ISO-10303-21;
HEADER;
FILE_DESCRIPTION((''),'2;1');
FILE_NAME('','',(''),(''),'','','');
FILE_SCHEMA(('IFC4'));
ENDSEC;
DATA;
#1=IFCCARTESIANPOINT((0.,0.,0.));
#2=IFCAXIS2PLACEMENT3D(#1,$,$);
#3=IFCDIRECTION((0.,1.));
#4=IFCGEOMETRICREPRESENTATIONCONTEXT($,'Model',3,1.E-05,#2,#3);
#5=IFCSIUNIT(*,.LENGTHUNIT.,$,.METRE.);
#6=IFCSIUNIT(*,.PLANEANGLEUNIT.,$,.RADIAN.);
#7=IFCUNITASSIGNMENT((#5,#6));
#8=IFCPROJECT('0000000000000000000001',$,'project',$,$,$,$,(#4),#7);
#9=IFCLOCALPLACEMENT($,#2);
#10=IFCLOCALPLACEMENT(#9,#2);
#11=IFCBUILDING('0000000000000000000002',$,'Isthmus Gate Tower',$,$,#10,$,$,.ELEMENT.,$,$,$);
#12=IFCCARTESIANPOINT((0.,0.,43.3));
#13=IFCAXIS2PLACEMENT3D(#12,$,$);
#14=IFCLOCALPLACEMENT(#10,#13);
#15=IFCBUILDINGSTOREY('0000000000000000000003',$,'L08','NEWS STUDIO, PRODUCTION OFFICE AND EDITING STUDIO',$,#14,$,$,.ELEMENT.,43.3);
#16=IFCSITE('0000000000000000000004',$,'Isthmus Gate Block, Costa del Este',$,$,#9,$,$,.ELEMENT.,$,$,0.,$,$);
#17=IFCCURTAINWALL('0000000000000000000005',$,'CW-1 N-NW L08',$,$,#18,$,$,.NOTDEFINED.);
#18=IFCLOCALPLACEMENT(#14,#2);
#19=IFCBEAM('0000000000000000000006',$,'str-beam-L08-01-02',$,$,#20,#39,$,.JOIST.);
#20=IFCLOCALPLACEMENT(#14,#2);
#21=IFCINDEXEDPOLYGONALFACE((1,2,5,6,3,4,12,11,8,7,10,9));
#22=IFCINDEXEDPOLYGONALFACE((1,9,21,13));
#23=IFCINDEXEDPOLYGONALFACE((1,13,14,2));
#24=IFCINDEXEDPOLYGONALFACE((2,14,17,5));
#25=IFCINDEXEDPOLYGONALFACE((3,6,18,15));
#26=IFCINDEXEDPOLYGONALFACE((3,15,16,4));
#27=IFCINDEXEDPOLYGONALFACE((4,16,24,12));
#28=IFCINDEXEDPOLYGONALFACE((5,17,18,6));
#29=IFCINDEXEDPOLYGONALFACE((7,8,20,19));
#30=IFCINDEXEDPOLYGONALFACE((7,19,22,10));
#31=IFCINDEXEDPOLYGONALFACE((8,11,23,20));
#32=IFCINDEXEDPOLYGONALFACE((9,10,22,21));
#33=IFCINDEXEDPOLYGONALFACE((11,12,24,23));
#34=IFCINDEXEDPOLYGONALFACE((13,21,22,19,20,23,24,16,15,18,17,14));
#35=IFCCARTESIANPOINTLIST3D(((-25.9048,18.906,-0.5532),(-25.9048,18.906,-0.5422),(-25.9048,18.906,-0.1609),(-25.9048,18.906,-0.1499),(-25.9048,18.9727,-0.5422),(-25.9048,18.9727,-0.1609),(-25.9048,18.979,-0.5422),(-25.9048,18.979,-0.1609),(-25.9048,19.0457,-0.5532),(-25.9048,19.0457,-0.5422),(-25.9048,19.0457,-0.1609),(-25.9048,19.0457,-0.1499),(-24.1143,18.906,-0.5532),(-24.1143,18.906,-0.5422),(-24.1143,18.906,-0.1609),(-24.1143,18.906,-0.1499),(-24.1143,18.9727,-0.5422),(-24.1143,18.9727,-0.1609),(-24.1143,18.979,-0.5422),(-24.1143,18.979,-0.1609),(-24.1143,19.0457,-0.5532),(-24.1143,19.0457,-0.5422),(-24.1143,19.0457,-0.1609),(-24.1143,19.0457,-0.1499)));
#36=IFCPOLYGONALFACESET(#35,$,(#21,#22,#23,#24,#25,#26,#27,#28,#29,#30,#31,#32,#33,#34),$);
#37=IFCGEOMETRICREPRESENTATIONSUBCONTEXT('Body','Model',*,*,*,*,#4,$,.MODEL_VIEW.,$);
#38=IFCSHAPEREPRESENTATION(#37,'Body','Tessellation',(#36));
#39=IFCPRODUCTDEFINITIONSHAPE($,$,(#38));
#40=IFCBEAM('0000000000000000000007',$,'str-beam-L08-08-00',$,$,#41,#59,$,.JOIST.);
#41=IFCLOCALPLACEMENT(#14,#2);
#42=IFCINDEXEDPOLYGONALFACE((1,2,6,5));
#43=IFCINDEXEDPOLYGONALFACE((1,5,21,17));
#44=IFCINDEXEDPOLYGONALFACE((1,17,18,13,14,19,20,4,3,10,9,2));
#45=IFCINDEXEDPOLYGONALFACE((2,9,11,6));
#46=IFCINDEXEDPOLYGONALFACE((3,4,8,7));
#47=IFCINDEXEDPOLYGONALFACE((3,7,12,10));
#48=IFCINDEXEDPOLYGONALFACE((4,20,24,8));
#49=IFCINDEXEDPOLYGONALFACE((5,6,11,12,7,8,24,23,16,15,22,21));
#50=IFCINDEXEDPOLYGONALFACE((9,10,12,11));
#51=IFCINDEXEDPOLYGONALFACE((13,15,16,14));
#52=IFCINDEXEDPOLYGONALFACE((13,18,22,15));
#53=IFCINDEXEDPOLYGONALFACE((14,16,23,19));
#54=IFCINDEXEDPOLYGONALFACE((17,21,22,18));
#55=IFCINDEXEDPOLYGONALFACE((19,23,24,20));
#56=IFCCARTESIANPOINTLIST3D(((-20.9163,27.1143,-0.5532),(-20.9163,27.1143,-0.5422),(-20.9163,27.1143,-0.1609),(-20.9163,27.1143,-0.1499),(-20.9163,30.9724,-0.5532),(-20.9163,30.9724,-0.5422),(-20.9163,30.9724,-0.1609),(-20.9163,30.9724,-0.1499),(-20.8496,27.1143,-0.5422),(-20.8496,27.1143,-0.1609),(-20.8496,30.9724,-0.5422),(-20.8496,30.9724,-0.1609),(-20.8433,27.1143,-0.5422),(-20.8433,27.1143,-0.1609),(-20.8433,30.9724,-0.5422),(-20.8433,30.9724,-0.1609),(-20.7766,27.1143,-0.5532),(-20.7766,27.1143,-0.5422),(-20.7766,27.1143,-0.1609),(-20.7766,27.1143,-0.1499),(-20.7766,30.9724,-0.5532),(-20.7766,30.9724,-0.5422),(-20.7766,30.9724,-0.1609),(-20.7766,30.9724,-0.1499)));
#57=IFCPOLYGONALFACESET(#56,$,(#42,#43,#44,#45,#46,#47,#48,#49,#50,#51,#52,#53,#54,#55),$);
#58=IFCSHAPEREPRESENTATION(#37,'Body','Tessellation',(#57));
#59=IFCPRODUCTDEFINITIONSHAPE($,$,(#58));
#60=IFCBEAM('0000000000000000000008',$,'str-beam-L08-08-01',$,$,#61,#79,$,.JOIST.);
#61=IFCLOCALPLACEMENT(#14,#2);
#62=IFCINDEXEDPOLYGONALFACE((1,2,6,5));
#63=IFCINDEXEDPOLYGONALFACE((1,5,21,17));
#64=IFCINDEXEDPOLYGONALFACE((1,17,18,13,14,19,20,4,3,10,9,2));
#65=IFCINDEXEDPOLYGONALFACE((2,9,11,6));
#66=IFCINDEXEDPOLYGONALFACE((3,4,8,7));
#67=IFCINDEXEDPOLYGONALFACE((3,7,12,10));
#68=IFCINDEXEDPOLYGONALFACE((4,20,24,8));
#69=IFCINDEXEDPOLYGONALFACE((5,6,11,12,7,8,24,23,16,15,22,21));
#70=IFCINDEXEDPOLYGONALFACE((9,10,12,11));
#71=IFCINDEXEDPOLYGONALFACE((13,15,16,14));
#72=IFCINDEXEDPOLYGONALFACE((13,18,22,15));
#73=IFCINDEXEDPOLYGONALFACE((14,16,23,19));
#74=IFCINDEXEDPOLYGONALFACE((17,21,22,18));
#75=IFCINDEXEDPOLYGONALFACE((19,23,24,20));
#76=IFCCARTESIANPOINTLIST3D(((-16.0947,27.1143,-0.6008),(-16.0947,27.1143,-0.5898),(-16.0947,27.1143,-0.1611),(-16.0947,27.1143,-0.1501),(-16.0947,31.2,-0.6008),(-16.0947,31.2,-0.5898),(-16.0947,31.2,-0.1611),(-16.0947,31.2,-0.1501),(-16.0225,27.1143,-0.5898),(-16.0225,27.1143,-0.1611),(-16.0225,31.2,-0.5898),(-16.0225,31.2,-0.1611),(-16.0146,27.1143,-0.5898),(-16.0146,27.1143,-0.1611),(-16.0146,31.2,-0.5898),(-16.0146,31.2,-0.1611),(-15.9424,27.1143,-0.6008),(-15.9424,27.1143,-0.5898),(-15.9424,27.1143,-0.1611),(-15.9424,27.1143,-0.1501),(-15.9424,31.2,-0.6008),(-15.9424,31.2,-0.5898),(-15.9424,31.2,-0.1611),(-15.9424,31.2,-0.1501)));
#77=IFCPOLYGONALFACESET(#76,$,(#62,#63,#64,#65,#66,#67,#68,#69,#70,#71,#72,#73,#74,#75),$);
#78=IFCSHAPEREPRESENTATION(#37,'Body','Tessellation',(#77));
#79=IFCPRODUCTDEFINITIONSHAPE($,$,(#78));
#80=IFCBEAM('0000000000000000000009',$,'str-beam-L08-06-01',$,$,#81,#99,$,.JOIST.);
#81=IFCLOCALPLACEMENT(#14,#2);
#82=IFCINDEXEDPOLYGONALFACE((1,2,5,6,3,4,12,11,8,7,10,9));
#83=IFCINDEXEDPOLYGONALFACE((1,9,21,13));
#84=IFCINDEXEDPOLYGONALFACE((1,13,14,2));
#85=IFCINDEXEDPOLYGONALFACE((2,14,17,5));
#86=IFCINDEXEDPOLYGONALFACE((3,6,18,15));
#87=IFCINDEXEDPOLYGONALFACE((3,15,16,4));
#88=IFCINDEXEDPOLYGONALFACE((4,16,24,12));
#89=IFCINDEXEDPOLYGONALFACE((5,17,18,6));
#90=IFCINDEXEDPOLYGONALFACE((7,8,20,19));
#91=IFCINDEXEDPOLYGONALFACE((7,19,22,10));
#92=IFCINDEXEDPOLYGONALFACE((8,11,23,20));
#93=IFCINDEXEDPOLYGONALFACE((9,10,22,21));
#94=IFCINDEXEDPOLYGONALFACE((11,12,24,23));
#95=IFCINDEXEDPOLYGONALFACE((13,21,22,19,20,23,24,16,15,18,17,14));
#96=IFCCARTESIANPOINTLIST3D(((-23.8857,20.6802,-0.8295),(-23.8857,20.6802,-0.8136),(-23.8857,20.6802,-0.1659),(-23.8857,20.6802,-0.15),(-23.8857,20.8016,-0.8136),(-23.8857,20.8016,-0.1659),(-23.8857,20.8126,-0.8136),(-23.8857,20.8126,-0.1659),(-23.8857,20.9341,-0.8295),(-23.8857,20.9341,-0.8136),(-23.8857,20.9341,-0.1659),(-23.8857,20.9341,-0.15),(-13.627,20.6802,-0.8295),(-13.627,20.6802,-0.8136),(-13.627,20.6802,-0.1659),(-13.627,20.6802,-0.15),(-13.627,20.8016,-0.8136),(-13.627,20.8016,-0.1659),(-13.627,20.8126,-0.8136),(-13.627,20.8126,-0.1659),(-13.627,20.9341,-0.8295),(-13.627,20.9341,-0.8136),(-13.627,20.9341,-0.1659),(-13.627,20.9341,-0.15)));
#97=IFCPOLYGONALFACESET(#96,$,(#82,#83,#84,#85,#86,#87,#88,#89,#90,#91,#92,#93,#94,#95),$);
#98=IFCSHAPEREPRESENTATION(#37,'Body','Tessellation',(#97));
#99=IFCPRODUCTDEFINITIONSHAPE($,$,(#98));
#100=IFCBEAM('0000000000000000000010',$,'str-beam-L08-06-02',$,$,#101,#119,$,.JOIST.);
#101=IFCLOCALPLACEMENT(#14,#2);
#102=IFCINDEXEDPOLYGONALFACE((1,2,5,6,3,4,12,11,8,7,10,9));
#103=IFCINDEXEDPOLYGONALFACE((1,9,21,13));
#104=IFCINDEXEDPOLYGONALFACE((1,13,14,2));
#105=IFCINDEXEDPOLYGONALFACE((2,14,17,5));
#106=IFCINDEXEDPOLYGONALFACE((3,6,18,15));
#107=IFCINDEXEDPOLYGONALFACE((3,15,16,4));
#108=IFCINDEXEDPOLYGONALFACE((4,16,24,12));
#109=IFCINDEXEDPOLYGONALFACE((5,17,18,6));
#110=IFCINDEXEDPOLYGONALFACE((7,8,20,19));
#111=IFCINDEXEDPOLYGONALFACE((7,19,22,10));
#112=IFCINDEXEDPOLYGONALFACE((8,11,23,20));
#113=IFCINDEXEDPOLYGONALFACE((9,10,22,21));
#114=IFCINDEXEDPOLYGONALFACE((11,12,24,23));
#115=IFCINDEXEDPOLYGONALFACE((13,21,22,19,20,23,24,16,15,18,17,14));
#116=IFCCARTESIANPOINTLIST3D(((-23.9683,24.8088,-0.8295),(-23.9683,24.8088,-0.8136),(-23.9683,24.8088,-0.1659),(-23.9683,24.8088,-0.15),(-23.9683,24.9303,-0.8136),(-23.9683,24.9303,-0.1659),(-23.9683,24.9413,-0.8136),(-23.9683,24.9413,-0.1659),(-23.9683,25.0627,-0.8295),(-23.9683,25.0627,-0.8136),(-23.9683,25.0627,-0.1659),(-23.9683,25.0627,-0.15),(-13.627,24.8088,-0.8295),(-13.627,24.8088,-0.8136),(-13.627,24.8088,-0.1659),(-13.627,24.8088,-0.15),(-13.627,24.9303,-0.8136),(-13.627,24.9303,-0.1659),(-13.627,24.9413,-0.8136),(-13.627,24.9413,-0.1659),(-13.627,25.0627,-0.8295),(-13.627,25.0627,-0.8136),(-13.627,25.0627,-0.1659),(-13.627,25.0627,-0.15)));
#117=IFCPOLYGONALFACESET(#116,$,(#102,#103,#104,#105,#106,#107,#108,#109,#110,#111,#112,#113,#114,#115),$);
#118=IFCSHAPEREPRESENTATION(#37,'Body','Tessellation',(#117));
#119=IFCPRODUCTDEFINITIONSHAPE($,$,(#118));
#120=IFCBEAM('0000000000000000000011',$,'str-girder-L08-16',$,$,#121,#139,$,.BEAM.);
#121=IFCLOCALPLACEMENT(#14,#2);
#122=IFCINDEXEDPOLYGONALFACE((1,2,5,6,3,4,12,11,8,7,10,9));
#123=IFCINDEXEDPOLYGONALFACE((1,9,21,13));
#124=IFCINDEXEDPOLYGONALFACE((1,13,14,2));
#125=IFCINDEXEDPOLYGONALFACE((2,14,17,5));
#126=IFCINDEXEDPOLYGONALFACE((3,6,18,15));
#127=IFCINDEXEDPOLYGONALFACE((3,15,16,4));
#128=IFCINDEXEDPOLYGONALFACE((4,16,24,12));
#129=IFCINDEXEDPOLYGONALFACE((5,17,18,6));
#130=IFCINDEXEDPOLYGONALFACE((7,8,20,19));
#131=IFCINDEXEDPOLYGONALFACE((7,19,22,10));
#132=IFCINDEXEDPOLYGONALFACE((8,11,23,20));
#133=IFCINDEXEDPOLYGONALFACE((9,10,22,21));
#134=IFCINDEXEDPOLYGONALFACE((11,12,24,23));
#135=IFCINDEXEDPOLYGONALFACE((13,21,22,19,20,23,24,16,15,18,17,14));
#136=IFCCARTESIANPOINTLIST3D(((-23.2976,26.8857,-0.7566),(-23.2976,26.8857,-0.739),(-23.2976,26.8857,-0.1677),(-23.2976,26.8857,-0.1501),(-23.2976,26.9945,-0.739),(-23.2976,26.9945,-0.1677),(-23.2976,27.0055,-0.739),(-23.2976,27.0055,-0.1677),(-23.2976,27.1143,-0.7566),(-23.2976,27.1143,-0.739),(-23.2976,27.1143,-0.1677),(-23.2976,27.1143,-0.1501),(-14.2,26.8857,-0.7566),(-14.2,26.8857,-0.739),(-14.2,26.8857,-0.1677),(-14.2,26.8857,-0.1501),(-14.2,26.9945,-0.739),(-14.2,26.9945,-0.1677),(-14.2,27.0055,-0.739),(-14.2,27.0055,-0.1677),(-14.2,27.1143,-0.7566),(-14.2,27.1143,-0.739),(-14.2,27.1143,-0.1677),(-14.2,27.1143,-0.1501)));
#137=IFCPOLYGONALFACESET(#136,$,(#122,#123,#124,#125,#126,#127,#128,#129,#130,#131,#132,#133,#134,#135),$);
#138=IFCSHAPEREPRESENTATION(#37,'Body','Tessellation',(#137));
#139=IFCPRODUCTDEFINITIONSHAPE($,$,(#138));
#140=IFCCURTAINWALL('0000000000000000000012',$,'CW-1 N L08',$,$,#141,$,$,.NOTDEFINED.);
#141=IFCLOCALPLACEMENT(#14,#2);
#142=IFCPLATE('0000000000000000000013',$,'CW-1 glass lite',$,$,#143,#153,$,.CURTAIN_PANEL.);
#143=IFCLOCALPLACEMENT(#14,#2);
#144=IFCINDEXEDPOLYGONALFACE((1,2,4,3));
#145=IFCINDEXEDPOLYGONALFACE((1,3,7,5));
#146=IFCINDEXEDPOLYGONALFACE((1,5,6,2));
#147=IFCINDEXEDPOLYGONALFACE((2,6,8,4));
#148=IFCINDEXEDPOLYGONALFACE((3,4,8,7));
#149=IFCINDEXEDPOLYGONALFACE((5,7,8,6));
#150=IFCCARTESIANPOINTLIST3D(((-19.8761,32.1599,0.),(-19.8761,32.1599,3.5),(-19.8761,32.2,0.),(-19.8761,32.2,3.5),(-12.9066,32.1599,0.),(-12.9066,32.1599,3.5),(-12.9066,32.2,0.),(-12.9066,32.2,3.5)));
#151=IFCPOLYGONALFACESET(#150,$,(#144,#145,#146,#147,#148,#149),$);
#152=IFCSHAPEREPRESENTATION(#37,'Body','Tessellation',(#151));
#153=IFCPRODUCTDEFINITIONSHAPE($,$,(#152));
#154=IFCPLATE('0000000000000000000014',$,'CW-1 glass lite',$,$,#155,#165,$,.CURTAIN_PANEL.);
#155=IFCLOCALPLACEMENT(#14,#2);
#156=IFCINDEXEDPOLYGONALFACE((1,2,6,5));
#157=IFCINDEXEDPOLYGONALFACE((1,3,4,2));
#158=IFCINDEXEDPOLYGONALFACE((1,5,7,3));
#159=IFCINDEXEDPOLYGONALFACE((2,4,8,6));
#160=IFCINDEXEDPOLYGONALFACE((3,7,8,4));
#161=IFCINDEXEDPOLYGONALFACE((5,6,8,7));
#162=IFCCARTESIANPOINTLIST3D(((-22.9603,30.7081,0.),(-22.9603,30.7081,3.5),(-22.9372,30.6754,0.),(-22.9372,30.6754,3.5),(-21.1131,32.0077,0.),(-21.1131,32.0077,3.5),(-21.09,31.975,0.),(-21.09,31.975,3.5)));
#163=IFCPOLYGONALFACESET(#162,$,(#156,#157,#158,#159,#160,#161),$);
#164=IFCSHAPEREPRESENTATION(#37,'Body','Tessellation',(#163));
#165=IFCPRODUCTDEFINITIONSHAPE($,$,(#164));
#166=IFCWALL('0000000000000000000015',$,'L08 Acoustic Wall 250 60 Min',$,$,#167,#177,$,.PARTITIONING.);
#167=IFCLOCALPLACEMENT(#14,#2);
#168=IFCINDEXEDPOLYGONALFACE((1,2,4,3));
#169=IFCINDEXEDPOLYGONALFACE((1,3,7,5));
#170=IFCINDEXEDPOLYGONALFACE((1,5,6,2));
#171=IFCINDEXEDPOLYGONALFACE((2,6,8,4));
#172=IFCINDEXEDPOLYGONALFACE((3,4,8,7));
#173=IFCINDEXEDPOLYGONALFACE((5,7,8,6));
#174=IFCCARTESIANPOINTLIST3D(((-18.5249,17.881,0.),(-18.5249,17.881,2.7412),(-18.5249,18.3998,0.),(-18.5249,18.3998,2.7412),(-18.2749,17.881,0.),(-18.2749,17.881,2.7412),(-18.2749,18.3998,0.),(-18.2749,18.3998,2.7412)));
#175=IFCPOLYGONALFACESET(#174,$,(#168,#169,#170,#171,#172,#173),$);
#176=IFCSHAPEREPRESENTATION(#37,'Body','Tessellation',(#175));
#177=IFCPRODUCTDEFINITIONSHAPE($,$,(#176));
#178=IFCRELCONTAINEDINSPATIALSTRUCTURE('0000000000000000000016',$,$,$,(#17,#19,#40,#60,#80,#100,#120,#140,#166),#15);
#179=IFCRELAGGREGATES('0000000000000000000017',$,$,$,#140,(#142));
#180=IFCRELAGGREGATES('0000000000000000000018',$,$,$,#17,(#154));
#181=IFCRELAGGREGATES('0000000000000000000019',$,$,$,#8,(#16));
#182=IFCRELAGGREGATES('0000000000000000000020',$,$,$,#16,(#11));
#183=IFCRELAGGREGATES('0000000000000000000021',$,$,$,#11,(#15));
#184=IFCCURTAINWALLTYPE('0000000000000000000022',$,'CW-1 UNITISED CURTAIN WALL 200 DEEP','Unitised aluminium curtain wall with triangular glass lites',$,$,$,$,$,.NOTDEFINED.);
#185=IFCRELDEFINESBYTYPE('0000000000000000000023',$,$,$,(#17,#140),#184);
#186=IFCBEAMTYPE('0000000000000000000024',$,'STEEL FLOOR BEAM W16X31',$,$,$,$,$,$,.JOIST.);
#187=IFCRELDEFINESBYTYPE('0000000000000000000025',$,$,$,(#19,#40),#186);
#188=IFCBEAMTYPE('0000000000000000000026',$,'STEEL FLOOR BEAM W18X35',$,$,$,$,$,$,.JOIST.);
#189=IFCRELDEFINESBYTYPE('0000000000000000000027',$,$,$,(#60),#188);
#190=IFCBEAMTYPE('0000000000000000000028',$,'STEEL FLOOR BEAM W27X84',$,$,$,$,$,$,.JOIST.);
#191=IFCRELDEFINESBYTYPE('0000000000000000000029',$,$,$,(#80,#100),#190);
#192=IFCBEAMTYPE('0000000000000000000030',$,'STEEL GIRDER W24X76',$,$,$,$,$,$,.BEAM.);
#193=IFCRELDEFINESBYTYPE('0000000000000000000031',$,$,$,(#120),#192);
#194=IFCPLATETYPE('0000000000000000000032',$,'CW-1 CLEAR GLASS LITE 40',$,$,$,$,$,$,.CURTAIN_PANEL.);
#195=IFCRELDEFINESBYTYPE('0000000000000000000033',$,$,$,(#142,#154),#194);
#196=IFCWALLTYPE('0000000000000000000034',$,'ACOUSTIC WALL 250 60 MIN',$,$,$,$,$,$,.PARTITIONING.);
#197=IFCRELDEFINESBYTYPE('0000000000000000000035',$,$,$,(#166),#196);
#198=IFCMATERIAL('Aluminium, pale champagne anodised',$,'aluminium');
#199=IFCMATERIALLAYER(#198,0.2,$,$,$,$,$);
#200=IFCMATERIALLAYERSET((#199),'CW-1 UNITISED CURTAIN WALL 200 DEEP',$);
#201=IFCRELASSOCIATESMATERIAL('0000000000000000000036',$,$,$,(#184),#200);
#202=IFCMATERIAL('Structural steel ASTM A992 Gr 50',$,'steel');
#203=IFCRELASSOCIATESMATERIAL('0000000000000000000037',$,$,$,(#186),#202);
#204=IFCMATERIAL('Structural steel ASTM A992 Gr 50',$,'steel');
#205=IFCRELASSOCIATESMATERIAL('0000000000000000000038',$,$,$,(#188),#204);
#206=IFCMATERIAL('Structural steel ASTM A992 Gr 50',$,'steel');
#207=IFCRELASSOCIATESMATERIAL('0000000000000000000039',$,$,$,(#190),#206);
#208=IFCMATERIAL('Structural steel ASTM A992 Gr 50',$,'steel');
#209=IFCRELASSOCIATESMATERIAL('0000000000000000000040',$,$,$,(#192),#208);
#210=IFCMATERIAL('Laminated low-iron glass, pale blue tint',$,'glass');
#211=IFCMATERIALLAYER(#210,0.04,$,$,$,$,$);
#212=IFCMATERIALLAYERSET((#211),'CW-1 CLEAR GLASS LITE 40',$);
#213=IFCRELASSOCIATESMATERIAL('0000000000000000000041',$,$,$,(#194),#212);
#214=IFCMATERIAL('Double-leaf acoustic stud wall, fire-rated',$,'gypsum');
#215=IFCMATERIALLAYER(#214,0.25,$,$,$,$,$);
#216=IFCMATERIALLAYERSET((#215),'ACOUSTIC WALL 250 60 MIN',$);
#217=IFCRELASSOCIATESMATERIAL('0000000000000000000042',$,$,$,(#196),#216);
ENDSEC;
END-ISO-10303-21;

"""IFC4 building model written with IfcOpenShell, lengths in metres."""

from ifc_helpers import new_model, si_unit, direction, frame, frame_2d, origin, origin_2d, place, context, subcontext, project, spatial, rectangle, i_section, extrude, material, layer, layer_set, material_profile, profile_set, type_object, element, aggregate, save


model = new_model("IFC4")

# Units and contexts
model_context = context("Model", 3, precision=1e-05, world=origin(), true_north=direction((0.0, 1.0)))
body_context = subcontext(model_context, "Body", "Model", "MODEL_VIEW")
ifc_project = project(units=[si_unit("LENGTHUNIT", "METRE"), si_unit("PLANEANGLEUNIT", "RADIAN")], contexts=[model_context])

# Site, building, storey
site_placement = place(None, origin())
site = spatial("IfcSite", under=ifc_project, at=site_placement, Name="Isthmus Gate Block, Costa del Este", CompositionType="ELEMENT", RefElevation=0.0)
building_placement = place(site_placement, origin())
building = spatial("IfcBuilding", under=site, at=building_placement, Name="Isthmus Gate Tower", CompositionType="ELEMENT")
storey_placement = place(building_placement, frame((0.0, 0.0, 43.3)))
storey = spatial("IfcBuildingStorey", under=building, at=storey_placement, Name="L08", Description="NEWS STUDIO, PRODUCTION OFFICE AND EDITING STUDIO", CompositionType="ELEMENT", Elevation=43.3)

# Curtain wall
ifc_material_1 = material(Name="Aluminium, pale champagne anodised", Category="aluminium")
ifc_layer_1 = layer(ifc_material_1, 0.2)
ifc_layer_set_1 = layer_set([ifc_layer_1], Name="CW-1 UNITISED CURTAIN WALL 200 DEEP")
curtain_wall_type = type_object("IfcCurtainWallType", Name="CW-1 UNITISED CURTAIN WALL 200 DEEP", Description="Unitised aluminium curtain wall with triangular glass lites", PredefinedType="NOTDEFINED", material=ifc_layer_set_1)
curtain_wall_1_placement = place(storey_placement, origin())
curtain_wall_1 = element("IfcCurtainWall", 1, at=curtain_wall_1_placement, inside=storey, type_object=curtain_wall_type, Name="CW-1 N-NW L08", PredefinedType="NOTDEFINED")

# Beams
ifc_material_2 = material(Name="Structural steel ASTM A992 Gr 50", Category="steel")
ifc_material_profile_1 = material_profile(ifc_material_2, i_section(OverallWidth=0.1396, OverallDepth=0.4033, WebThickness=0.0063, FlangeThickness=0.011, at=origin_2d()), Name="W16X31")
ifc_profile_set_1 = profile_set([ifc_material_profile_1], Name="Structural steel ASTM A992 Gr 50")
beam_type_1 = type_object("IfcBeamType", Name="STEEL FLOOR BEAM W16X31", PredefinedType="JOIST", material=ifc_profile_set_1)
beam_1_placement = place(storey_placement, frame((-25.9048, 18.9758, -0.3516), z_axis=(1.0, 0.0, 0.0), x_axis=(0.0, 1.0, 0.0)))
element("IfcBeam", 2, at=beam_1_placement, inside=storey, type_object=beam_type_1, Name="str-beam-L08-01-02", PredefinedType="JOIST", context=body_context, shape_type="SweptSolid", body=[
    extrude(i_section(OverallWidth=0.1396, OverallDepth=0.4033, WebThickness=0.0063, FlangeThickness=0.011, at=origin_2d()), origin(), (0.0, 0.0, 1.0), 1.7905),
])
beam_2_placement = place(storey_placement, frame((-20.8464, 27.1143, -0.3516), z_axis=(0.0, 1.0, 0.0), x_axis=(-1.0, 0.0, 0.0)))
element("IfcBeam", 3, at=beam_2_placement, inside=storey, type_object=beam_type_1, Name="str-beam-L08-08-00", PredefinedType="JOIST", context=body_context, shape_type="SweptSolid", body=[
    extrude(i_section(OverallWidth=0.1396, OverallDepth=0.4033, WebThickness=0.0063, FlangeThickness=0.011, at=origin_2d()), origin(), (0.0, 0.0, 1.0), 3.8582),
])
ifc_material_3 = material(Name="Structural steel ASTM A992 Gr 50", Category="steel")
ifc_material_profile_2 = material_profile(ifc_material_3, i_section(OverallWidth=0.1523, OverallDepth=0.4507, WebThickness=0.0078, FlangeThickness=0.011, at=origin_2d()), Name="W18X35")
ifc_profile_set_2 = profile_set([ifc_material_profile_2], Name="Structural steel ASTM A992 Gr 50")
beam_type_2 = type_object("IfcBeamType", Name="STEEL FLOOR BEAM W18X35", PredefinedType="JOIST", material=ifc_profile_set_2)
beam_3_placement = place(storey_placement, frame((-16.0186, 27.1143, -0.3755), z_axis=(0.0, 1.0, 0.0), x_axis=(-1.0, 0.0, 0.0)))
element("IfcBeam", 4, at=beam_3_placement, inside=storey, type_object=beam_type_2, Name="str-beam-L08-08-01", PredefinedType="JOIST", context=body_context, shape_type="SweptSolid", body=[
    extrude(i_section(OverallWidth=0.1523, OverallDepth=0.4507, WebThickness=0.0078, FlangeThickness=0.011, at=origin_2d()), origin(), (0.0, 0.0, 1.0), 4.0857),
])
ifc_material_4 = material(Name="Structural steel ASTM A992 Gr 50", Category="steel")
ifc_material_profile_3 = material_profile(ifc_material_4, i_section(OverallWidth=0.2539, OverallDepth=0.6794, WebThickness=0.011, FlangeThickness=0.0159, at=origin_2d()), Name="W27X84")
ifc_profile_set_3 = profile_set([ifc_material_profile_3], Name="Structural steel ASTM A992 Gr 50")
beam_type_3 = type_object("IfcBeamType", Name="STEEL FLOOR BEAM W27X84", PredefinedType="JOIST", material=ifc_profile_set_3)
beam_4_placement = place(storey_placement, frame((-23.8857, 20.8071, -0.4897), z_axis=(1.0, 0.0, 0.0), x_axis=(0.0, 1.0, 0.0)))
element("IfcBeam", 5, at=beam_4_placement, inside=storey, type_object=beam_type_3, Name="str-beam-L08-06-01", PredefinedType="JOIST", context=body_context, shape_type="SweptSolid", body=[
    extrude(i_section(OverallWidth=0.2539, OverallDepth=0.6794, WebThickness=0.011, FlangeThickness=0.0159, at=origin_2d()), origin(), (0.0, 0.0, 1.0), 10.2588),
])
beam_5_placement = place(storey_placement, frame((-23.9683, 24.9358, -0.4897), z_axis=(1.0, 0.0, 0.0), x_axis=(0.0, 1.0, 0.0)))
element("IfcBeam", 6, at=beam_5_placement, inside=storey, type_object=beam_type_3, Name="str-beam-L08-06-02", PredefinedType="JOIST", context=body_context, shape_type="SweptSolid", body=[
    extrude(i_section(OverallWidth=0.2539, OverallDepth=0.6794, WebThickness=0.011, FlangeThickness=0.0159, at=origin_2d()), origin(), (0.0, 0.0, 1.0), 10.3413),
])
ifc_material_5 = material(Name="Structural steel ASTM A992 Gr 50", Category="steel")
ifc_material_profile_4 = material_profile(ifc_material_5, i_section(OverallWidth=0.2285, OverallDepth=0.6064, WebThickness=0.011, FlangeThickness=0.0176, at=origin_2d()), Name="W24X76")
ifc_profile_set_4 = profile_set([ifc_material_profile_4], Name="Structural steel ASTM A992 Gr 50")
beam_type_4 = type_object("IfcBeamType", Name="STEEL GIRDER W24X76", PredefinedType="BEAM", material=ifc_profile_set_4)
beam_6_placement = place(storey_placement, frame((-23.2976, 27.0, -0.4534), z_axis=(1.0, 0.0, 0.0), x_axis=(0.0, 1.0, 0.0)))
element("IfcBeam", 7, at=beam_6_placement, inside=storey, type_object=beam_type_4, Name="str-girder-L08-16", PredefinedType="BEAM", context=body_context, shape_type="SweptSolid", body=[
    extrude(i_section(OverallWidth=0.2285, OverallDepth=0.6064, WebThickness=0.011, FlangeThickness=0.0176, at=origin_2d()), origin(), (0.0, 0.0, 1.0), 9.0977),
])

# Curtain wall, plate
curtain_wall_2_placement = place(storey_placement, origin())
curtain_wall_2 = element("IfcCurtainWall", 8, at=curtain_wall_2_placement, inside=storey, type_object=curtain_wall_type, Name="CW-1 N L08", PredefinedType="NOTDEFINED")
ifc_material_6 = material(Name="Laminated low-iron glass, pale blue tint", Category="glass")
ifc_layer_2 = layer(ifc_material_6, 0.04)
ifc_layer_set_2 = layer_set([ifc_layer_2], Name="CW-1 CLEAR GLASS LITE 40")
plate_type = type_object("IfcPlateType", Name="CW-1 CLEAR GLASS LITE 40", PredefinedType="CURTAIN_PANEL", material=ifc_layer_set_2)
plate_1_placement = place(storey_placement, frame((-16.3914, 32.1799, 0.0), z_axis=(0.0, 0.0, 1.0), x_axis=(-1.0, 0.0, 0.0)))
plate_1 = element("IfcPlate", 9, at=plate_1_placement, type_object=plate_type, Name="CW-1 glass lite", PredefinedType="CURTAIN_PANEL", context=body_context, shape_type="SweptSolid", body=[
    extrude(rectangle(XDim=6.9695, YDim=0.04, at=origin_2d()), origin(), (0.0, 0.0, 1.0), 3.5),
])
aggregate(curtain_wall_2, [plate_1])

# Plate
plate_2_placement = place(storey_placement, frame((-22.0251, 31.3416, 0.0), z_axis=(0.0, 0.0, 1.0), x_axis=(-0.81786, -0.575418, 0.0)))
plate_2 = element("IfcPlate", 10, at=plate_2_placement, type_object=plate_type, Name="CW-1 glass lite", PredefinedType="CURTAIN_PANEL", context=body_context, shape_type="SweptSolid", body=[
    extrude(rectangle(XDim=2.2585, YDim=0.04, at=origin_2d()), origin(), (0.0, 0.0, 1.0), 3.5),
])
aggregate(curtain_wall_1, [plate_2])

# Wall
ifc_material_7 = material(Name="Double-leaf acoustic stud wall, fire-rated", Category="gypsum")
ifc_layer_3 = layer(ifc_material_7, 0.25)
ifc_layer_set_3 = layer_set([ifc_layer_3], Name="ACOUSTIC WALL 250 60 MIN")
wall_type = type_object("IfcWallType", Name="ACOUSTIC WALL 250 60 MIN", PredefinedType="PARTITIONING", material=ifc_layer_set_3)
wall_1_placement = place(storey_placement, frame((-18.3999, 17.8811, 0.0), z_axis=(0.0, 0.0, 1.0), x_axis=(0.0, 1.0, 0.0)))
element("IfcWall", 11, at=wall_1_placement, inside=storey, type_object=wall_type, Name="L08 Acoustic Wall 250 60 Min", PredefinedType="PARTITIONING", context=body_context, shape_type="SweptSolid", body=[
    extrude(rectangle(XDim=0.5188, YDim=0.25, at=frame_2d((0.2593, 0.0))), origin(), (0.0, 0.0, 1.0), 2.7412),
])

save(model, "model.ifc")
